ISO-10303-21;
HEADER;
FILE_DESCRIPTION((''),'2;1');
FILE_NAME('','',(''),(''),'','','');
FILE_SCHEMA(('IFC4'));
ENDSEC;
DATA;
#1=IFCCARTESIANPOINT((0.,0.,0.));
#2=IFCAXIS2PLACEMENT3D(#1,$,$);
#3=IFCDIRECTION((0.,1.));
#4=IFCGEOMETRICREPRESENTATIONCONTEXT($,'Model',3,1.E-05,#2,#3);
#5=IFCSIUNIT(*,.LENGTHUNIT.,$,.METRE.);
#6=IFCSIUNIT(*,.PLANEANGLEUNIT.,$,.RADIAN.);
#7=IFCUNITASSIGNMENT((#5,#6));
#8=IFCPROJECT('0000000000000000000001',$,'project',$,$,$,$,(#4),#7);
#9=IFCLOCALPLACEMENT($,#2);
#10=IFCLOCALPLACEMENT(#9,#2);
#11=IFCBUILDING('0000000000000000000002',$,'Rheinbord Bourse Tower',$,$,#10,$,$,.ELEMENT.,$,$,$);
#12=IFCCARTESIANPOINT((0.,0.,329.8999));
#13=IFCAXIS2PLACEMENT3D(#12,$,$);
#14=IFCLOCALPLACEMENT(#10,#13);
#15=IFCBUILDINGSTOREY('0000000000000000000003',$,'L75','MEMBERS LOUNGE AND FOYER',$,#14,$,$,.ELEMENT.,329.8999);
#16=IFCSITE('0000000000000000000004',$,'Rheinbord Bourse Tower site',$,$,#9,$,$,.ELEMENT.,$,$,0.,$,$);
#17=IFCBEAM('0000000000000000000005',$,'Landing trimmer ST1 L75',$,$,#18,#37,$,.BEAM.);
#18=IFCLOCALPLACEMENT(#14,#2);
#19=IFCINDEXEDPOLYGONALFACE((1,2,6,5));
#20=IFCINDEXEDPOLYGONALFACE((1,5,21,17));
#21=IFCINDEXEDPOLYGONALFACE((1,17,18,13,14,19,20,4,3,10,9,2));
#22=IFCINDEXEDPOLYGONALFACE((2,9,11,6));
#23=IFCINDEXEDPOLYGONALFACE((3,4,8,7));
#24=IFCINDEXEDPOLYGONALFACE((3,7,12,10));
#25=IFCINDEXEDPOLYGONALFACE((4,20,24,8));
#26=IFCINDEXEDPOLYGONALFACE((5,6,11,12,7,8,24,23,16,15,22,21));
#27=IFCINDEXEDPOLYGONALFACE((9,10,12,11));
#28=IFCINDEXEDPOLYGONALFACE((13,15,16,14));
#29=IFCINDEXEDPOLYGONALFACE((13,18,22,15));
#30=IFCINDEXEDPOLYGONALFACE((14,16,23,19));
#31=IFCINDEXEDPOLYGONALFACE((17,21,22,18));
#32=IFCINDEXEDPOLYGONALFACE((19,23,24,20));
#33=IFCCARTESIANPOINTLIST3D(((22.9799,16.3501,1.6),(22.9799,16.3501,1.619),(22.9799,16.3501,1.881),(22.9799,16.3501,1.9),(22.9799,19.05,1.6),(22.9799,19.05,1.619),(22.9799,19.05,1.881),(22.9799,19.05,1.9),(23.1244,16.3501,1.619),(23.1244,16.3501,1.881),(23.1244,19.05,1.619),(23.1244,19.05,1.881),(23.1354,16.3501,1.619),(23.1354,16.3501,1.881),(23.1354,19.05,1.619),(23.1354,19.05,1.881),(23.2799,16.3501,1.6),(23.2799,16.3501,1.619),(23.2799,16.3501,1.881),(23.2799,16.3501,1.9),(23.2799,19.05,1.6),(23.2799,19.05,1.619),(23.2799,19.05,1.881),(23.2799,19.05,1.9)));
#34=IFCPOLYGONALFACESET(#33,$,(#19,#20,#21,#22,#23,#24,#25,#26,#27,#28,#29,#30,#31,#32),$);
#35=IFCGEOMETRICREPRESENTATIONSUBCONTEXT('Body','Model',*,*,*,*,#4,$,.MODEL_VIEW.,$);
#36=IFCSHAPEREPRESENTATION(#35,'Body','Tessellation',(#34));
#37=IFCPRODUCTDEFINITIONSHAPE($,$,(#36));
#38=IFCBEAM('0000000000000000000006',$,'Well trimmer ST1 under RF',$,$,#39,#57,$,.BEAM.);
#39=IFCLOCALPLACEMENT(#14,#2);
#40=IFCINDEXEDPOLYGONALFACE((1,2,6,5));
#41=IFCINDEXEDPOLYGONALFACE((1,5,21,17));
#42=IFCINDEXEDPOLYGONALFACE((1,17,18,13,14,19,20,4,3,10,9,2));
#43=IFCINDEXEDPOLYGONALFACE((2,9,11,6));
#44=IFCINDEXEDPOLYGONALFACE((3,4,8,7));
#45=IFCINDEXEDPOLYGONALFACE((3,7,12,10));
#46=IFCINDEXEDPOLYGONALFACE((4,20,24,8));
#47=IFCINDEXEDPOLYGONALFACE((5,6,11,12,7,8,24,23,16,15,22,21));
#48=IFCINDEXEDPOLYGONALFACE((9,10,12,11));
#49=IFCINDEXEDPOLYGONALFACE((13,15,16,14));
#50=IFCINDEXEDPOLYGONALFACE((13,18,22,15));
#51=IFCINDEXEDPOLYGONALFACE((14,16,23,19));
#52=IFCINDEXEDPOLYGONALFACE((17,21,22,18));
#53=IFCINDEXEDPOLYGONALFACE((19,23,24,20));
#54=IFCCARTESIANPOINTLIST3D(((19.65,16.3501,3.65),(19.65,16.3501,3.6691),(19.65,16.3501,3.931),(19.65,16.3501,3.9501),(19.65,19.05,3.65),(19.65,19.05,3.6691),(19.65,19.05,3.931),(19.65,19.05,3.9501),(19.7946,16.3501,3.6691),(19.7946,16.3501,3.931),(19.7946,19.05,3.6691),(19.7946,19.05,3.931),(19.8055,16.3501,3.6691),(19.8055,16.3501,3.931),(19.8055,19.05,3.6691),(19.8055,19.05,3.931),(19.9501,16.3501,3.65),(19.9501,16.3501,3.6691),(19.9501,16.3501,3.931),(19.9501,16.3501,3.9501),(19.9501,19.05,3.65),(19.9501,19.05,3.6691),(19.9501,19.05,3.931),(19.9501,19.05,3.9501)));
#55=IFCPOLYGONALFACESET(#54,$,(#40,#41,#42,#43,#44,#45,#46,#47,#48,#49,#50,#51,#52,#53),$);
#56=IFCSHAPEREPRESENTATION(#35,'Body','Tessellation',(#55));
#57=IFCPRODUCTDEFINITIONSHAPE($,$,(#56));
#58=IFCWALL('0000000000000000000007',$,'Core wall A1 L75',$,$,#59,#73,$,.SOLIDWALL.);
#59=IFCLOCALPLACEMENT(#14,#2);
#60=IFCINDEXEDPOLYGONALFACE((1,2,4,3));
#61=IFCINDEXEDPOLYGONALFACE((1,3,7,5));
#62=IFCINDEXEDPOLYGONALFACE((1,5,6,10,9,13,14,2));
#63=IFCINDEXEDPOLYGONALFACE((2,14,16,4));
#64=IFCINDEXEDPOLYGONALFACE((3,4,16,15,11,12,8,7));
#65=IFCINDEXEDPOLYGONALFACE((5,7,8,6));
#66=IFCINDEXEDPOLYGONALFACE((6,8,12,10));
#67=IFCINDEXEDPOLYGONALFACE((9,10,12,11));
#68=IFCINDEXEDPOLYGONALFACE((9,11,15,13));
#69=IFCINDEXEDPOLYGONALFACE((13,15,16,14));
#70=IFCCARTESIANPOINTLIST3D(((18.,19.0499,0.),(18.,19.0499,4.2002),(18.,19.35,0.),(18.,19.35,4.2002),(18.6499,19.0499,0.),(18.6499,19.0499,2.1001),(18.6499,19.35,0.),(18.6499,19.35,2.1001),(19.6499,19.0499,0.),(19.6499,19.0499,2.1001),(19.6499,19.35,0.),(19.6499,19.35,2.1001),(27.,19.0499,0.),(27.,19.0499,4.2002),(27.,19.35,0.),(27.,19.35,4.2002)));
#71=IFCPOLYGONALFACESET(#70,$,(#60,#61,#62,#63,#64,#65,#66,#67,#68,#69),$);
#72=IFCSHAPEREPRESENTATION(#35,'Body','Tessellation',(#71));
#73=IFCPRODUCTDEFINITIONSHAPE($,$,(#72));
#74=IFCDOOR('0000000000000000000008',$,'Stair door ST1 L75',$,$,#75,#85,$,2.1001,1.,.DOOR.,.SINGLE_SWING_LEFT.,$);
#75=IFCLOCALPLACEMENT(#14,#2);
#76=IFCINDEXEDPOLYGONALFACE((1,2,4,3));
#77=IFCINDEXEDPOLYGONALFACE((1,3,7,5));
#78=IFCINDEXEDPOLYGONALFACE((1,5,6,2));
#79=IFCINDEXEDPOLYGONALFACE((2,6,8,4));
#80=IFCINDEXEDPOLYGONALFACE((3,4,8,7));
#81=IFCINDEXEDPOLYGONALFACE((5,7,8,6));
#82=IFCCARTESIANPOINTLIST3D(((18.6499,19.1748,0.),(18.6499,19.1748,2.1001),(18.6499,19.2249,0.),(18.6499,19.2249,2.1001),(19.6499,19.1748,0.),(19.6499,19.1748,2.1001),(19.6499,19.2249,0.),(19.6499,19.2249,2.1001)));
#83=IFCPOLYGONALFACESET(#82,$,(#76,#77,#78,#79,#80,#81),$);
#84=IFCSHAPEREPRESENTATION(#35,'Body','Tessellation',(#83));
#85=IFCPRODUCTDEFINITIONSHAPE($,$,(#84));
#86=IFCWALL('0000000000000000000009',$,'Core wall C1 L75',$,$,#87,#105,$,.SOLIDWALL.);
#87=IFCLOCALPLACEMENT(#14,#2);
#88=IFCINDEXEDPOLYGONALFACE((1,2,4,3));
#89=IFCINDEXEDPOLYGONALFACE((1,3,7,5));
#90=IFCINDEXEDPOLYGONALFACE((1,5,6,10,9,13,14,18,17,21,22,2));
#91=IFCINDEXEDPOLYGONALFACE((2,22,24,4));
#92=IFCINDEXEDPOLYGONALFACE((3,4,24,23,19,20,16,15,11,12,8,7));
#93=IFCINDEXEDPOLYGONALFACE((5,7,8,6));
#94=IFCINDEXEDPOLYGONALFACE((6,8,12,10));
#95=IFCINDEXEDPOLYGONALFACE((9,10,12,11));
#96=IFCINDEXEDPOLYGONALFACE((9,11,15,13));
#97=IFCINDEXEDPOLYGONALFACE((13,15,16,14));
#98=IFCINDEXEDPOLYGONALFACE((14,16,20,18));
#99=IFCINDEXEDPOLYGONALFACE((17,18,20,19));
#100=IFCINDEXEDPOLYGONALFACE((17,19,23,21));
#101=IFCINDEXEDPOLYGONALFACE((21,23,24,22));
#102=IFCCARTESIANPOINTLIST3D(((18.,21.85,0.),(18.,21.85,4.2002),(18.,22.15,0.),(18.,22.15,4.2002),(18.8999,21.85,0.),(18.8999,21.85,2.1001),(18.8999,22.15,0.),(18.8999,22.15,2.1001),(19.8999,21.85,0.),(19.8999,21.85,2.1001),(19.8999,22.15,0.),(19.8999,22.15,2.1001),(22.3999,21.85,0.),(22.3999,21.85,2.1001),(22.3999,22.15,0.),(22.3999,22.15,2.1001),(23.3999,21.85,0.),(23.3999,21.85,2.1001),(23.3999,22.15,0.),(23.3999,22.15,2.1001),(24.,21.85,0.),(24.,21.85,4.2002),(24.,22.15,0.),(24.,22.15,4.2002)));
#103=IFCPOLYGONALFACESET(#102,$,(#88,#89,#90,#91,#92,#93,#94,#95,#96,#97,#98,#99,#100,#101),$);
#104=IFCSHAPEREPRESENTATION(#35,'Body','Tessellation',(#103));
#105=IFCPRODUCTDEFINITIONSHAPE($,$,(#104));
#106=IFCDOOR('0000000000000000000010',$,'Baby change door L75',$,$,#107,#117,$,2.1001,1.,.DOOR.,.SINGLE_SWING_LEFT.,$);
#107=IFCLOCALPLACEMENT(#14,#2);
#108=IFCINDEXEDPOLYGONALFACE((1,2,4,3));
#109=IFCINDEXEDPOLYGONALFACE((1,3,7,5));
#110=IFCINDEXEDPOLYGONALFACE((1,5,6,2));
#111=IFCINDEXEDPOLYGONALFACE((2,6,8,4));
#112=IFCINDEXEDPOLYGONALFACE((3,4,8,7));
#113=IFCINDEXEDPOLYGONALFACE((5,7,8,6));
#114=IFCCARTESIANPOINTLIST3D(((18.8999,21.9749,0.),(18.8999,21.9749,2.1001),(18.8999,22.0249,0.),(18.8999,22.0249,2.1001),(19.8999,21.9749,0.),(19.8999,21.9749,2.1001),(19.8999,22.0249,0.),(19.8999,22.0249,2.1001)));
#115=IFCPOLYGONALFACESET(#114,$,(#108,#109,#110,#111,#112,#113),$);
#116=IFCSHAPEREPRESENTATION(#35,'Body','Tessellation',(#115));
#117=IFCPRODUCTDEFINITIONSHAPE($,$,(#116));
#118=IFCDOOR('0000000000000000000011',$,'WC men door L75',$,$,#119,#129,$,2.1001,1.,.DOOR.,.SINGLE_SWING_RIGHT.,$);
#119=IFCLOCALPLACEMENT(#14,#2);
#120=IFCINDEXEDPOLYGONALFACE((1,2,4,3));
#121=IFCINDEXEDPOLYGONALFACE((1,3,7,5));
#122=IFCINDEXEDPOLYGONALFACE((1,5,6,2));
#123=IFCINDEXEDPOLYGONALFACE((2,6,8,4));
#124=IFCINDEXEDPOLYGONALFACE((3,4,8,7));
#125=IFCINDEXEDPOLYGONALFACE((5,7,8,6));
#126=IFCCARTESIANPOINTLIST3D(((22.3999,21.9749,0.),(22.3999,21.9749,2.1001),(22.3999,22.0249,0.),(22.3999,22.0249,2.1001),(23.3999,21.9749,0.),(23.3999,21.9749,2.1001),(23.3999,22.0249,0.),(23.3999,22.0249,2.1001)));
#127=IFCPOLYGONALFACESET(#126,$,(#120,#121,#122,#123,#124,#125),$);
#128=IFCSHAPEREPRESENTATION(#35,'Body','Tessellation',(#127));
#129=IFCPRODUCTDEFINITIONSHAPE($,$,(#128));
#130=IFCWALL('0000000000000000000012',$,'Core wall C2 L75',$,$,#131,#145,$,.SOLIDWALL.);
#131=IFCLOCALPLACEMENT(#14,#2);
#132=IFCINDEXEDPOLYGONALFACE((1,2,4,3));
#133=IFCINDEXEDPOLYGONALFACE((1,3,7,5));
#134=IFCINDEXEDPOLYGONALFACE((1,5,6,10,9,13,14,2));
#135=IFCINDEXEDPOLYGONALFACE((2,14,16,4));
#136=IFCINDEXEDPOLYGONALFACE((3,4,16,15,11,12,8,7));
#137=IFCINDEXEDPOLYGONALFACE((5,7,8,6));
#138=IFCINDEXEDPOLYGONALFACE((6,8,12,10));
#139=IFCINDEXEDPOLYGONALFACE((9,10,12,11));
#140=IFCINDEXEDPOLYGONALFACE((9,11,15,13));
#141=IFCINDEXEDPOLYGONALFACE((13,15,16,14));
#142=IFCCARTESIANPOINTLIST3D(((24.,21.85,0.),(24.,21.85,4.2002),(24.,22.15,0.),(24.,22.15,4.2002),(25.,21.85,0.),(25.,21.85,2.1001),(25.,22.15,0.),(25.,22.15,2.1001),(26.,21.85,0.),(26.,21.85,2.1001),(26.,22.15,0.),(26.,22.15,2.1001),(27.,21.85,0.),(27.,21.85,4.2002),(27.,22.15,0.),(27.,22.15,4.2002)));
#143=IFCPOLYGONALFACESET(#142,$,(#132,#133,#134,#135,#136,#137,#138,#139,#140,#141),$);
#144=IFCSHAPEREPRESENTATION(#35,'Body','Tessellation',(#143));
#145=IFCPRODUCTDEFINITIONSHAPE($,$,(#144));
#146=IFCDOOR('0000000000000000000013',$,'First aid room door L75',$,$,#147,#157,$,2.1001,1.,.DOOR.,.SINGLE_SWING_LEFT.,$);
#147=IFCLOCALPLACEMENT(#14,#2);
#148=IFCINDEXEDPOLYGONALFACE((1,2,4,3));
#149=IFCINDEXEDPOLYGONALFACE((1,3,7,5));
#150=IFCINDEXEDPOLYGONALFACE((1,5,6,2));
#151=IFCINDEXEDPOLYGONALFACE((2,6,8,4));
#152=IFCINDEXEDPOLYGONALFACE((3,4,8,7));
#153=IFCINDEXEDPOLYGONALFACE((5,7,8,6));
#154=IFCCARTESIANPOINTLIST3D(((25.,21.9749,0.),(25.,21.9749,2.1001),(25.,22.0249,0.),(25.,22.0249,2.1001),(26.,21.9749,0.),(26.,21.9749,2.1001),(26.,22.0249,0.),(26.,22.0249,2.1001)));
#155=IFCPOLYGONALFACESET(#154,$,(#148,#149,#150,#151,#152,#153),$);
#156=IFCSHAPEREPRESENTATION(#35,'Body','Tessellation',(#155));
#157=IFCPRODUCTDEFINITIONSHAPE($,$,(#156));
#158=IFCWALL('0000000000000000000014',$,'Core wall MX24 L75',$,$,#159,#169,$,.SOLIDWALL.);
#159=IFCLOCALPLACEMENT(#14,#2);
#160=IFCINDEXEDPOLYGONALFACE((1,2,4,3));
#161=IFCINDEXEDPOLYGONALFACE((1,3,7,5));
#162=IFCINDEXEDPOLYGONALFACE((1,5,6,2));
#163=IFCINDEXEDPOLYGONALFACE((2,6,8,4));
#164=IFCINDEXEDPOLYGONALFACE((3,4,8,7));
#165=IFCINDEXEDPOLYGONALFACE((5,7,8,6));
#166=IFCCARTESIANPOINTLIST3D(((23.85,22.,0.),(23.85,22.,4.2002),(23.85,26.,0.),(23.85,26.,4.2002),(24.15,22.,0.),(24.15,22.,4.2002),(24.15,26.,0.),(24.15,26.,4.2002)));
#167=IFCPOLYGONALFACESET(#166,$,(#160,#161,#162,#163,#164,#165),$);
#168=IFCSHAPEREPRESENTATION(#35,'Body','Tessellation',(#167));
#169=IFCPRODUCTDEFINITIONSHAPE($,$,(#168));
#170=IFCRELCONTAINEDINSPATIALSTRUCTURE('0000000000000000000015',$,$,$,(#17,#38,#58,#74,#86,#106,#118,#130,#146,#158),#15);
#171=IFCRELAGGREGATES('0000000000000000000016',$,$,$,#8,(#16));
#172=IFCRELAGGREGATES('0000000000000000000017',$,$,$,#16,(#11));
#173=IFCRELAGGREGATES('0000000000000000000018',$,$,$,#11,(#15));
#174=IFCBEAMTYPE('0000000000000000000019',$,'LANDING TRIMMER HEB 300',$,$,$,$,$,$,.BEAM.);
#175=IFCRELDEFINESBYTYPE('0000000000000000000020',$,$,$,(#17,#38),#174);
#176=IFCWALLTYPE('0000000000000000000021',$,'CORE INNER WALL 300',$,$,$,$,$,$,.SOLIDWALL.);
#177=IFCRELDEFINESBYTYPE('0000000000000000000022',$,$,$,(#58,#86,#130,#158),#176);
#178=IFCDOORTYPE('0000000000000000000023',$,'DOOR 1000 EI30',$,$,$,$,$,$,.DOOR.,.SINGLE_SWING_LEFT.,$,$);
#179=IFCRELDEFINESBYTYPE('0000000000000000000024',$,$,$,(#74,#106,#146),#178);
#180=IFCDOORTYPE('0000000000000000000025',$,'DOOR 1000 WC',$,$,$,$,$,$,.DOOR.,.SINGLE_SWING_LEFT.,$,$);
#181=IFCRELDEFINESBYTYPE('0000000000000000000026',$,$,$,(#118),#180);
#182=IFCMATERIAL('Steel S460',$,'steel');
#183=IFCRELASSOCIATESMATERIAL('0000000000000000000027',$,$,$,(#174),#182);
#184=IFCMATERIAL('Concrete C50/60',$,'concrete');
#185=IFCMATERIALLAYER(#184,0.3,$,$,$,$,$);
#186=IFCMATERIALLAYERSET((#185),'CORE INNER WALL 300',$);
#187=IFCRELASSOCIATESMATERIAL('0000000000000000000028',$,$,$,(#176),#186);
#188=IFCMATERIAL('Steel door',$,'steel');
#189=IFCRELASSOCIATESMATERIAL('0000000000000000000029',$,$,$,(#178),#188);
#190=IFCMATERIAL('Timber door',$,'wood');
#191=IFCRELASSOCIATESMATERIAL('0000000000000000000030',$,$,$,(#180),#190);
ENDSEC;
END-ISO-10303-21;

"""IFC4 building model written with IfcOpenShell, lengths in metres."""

from ifc_helpers import new_model, si_unit, direction, frame, frame_2d, origin, origin_2d, place, context, subcontext, project, spatial, rectangle, i_section, extrude, material, layer, layer_set, material_profile, profile_set, type_object, element, fill, save


model = new_model("IFC4")

# Units and contexts
model_context = context("Model", 3, precision=1e-05, world=origin(), true_north=direction((0.0, 1.0)))
body_context = subcontext(model_context, "Body", "Model", "MODEL_VIEW")
ifc_project = project(units=[si_unit("LENGTHUNIT", "METRE"), si_unit("PLANEANGLEUNIT", "RADIAN")], contexts=[model_context])

# Site, building, storey
site_placement = place(None, origin())
site = spatial("IfcSite", under=ifc_project, at=site_placement, Name="Rheinbord Bourse Tower site", CompositionType="ELEMENT", RefElevation=0.0)
building_placement = place(site_placement, origin())
building = spatial("IfcBuilding", under=site, at=building_placement, Name="Rheinbord Bourse Tower", CompositionType="ELEMENT")
storey_placement = place(building_placement, frame((0.0, 0.0, 329.8999)))
storey = spatial("IfcBuildingStorey", under=building, at=storey_placement, Name="L75", Description="MEMBERS LOUNGE AND FOYER", CompositionType="ELEMENT", Elevation=329.8999)

# Beams
ifc_material_1 = material(Name="Steel S460", Category="steel")
ifc_material_profile = material_profile(ifc_material_1, i_section(OverallWidth=0.3, OverallDepth=0.3, WebThickness=0.011, FlangeThickness=0.019, at=origin_2d()), Name="HEB 300")
ifc_profile_set = profile_set([ifc_material_profile], Name="Steel S460")
beam_type = type_object("IfcBeamType", Name="LANDING TRIMMER HEB 300", PredefinedType="BEAM", material=ifc_profile_set)
for number, where, z_axis, x_axis, name in (
    (1, (23.1299, 16.3501, 1.75), (0.0, 1.0, 0.0), (-1.0, 0.0, 0.0), "Landing trimmer ST1 L75"),
    (2, (19.8, 16.3501, 3.8), (0.0, 1.0, 0.0), (-1.0, 0.0, 0.0), "Well trimmer ST1 under RF"),
):
    element("IfcBeam", number, at=place(storey_placement, frame(where, z_axis=z_axis, x_axis=x_axis)), inside=storey, type_object=beam_type, Name=name, PredefinedType="BEAM", context=body_context, shape_type="SweptSolid", body=[
        extrude(i_section(OverallWidth=0.3, OverallDepth=0.3, WebThickness=0.011, FlangeThickness=0.019, at=origin_2d()), origin(), (0.0, 0.0, 1.0), 2.7),
    ])

# Wall, opening, door
ifc_material_2 = material(Name="Concrete C50/60", Category="concrete")
ifc_layer_1 = layer(ifc_material_2, 0.3)
ifc_layer_set_1 = layer_set([ifc_layer_1], Name="CORE INNER WALL 300")
wall_type_1 = type_object("IfcWallType", Name="CORE INNER WALL 300", PredefinedType="SOLIDWALL", material=ifc_layer_set_1)
wall_1_placement = place(storey_placement, frame((18.0, 19.2, 0.0), z_axis=(0.0, 0.0, 1.0), x_axis=(1.0, 0.0, 0.0)))
wall_1 = element("IfcWall", 3, at=wall_1_placement, inside=storey, type_object=wall_type_1, Name="Core wall A1 L75", PredefinedType="SOLIDWALL", context=body_context, shape_type="SweptSolid", body=[
    extrude(rectangle(XDim=9.0, YDim=0.3, at=frame_2d((4.5, 0.0))), origin(), (0.0, 0.0, 1.0), 4.2002),
])
opening_1_placement = place(wall_1_placement, frame((0.6499, 0.0, 0.0)))
opening_1 = element("IfcOpeningElement", 4, at=opening_1_placement, cuts=wall_1, PredefinedType="OPENING", context=body_context, shape_type="SweptSolid", body=[
    extrude(rectangle(XDim=1.0, YDim=2.1001, at=frame_2d((0.5, 1.05))), frame((0.0, 0.1599, 0.0), z_axis=(0.0, -1.0, 0.0), x_axis=(1.0, 0.0, 0.0)), (0.0, 0.0, 1.0), 0.3201),
])
ifc_material_3 = material(Name="Steel door", Category="steel")
door_type_1 = type_object("IfcDoorType", Name="DOOR 1000 EI30", OperationType="SINGLE_SWING_LEFT", PredefinedType="DOOR", material=ifc_material_3)
door_1_placement = place(opening_1_placement, origin())
door_1 = element("IfcDoor", 5, at=door_1_placement, inside=storey, type_object=door_type_1, Name="Stair door ST1 L75", OperationType="SINGLE_SWING_LEFT", OverallHeight=2.1001, OverallWidth=1.0, PredefinedType="DOOR", context=body_context, shape_type="SweptSolid", body=[
    extrude(rectangle(XDim=1.0, YDim=2.1001, at=frame_2d((0.5, 1.05))), frame((0.0, 0.0249, 0.0), z_axis=(0.0, -1.0, 0.0), x_axis=(1.0, 0.0, 0.0)), (0.0, 0.0, 1.0), 0.05),
])
fill(opening_1, door_1)

# Wall, openings, doors
wall_2_placement = place(storey_placement, frame((18.0, 22.0, 0.0), z_axis=(0.0, 0.0, 1.0), x_axis=(1.0, 0.0, 0.0)))
wall_2 = element("IfcWall", 6, at=wall_2_placement, inside=storey, type_object=wall_type_1, Name="Core wall C1 L75", PredefinedType="SOLIDWALL", context=body_context, shape_type="SweptSolid", body=[
    extrude(rectangle(XDim=6.0, YDim=0.3, at=frame_2d((3.0, 0.0))), origin(), (0.0, 0.0, 1.0), 4.2002),
])
opening_2_placement = place(wall_2_placement, frame((4.3999, 0.0, 0.0)))
opening_2 = element("IfcOpeningElement", 7, at=opening_2_placement, cuts=wall_2, PredefinedType="OPENING", context=body_context, shape_type="SweptSolid", body=[
    extrude(rectangle(XDim=1.0, YDim=2.1001, at=frame_2d((0.5, 1.05))), frame((0.0, 0.1599, 0.0), z_axis=(0.0, -1.0, 0.0), x_axis=(1.0, 0.0, 0.0)), (0.0, 0.0, 1.0), 0.3201),
])
opening_3_placement = place(wall_2_placement, frame((0.8999, 0.0, 0.0)))
opening_3 = element("IfcOpeningElement", 8, at=opening_3_placement, cuts=wall_2, PredefinedType="OPENING", context=body_context, shape_type="SweptSolid", body=[
    extrude(rectangle(XDim=1.0, YDim=2.1001, at=frame_2d((0.5, 1.05))), frame((0.0, 0.1599, 0.0), z_axis=(0.0, -1.0, 0.0), x_axis=(1.0, 0.0, 0.0)), (0.0, 0.0, 1.0), 0.3201),
])
door_2_placement = place(opening_3_placement, origin())
door_2 = element("IfcDoor", 9, at=door_2_placement, inside=storey, type_object=door_type_1, Name="Baby change door L75", OperationType="SINGLE_SWING_LEFT", OverallHeight=2.1001, OverallWidth=1.0, PredefinedType="DOOR", context=body_context, shape_type="SweptSolid", body=[
    extrude(rectangle(XDim=1.0, YDim=2.1001, at=frame_2d((0.5, 1.05))), frame((0.0, 0.0249, 0.0), z_axis=(0.0, -1.0, 0.0), x_axis=(1.0, 0.0, 0.0)), (0.0, 0.0, 1.0), 0.05),
])
fill(opening_3, door_2)
ifc_material_4 = material(Name="Timber door", Category="wood")
door_type_2 = type_object("IfcDoorType", Name="DOOR 1000 WC", OperationType="SINGLE_SWING_LEFT", PredefinedType="DOOR", material=ifc_material_4)
door_3_placement = place(opening_2_placement, origin())
door_3 = element("IfcDoor", 10, at=door_3_placement, inside=storey, type_object=door_type_2, Name="WC men door L75", OperationType="SINGLE_SWING_RIGHT", OverallHeight=2.1001, OverallWidth=1.0, PredefinedType="DOOR", context=body_context, shape_type="SweptSolid", body=[
    extrude(rectangle(XDim=1.0, YDim=2.1001, at=frame_2d((0.5, 1.05))), frame((0.0, 0.0249, 0.0), z_axis=(0.0, -1.0, 0.0), x_axis=(1.0, 0.0, 0.0)), (0.0, 0.0, 1.0), 0.05),
])
fill(opening_2, door_3)

# Wall, opening, door
wall_3_placement = place(storey_placement, frame((24.0, 22.0, 0.0), z_axis=(0.0, 0.0, 1.0), x_axis=(1.0, 0.0, 0.0)))
wall_3 = element("IfcWall", 11, at=wall_3_placement, inside=storey, type_object=wall_type_1, Name="Core wall C2 L75", PredefinedType="SOLIDWALL", context=body_context, shape_type="SweptSolid", body=[
    extrude(rectangle(XDim=3.0, YDim=0.3, at=frame_2d((1.5, 0.0))), origin(), (0.0, 0.0, 1.0), 4.2002),
])
opening_4_placement = place(wall_3_placement, frame((1.0, 0.0, 0.0)))
opening_4 = element("IfcOpeningElement", 12, at=opening_4_placement, cuts=wall_3, PredefinedType="OPENING", context=body_context, shape_type="SweptSolid", body=[
    extrude(rectangle(XDim=1.0, YDim=2.1001, at=frame_2d((0.5, 1.05))), frame((0.0, 0.1599, 0.0), z_axis=(0.0, -1.0, 0.0), x_axis=(1.0, 0.0, 0.0)), (0.0, 0.0, 1.0), 0.3201),
])
door_4_placement = place(opening_4_placement, origin())
door_4 = element("IfcDoor", 13, at=door_4_placement, inside=storey, type_object=door_type_1, Name="First aid room door L75", OperationType="SINGLE_SWING_LEFT", OverallHeight=2.1001, OverallWidth=1.0, PredefinedType="DOOR", context=body_context, shape_type="SweptSolid", body=[
    extrude(rectangle(XDim=1.0, YDim=2.1001, at=frame_2d((0.5, 1.05))), frame((0.0, 0.0249, 0.0), z_axis=(0.0, -1.0, 0.0), x_axis=(1.0, 0.0, 0.0)), (0.0, 0.0, 1.0), 0.05),
])
fill(opening_4, door_4)

# Wall
wall_4_placement = place(storey_placement, frame((24.0, 22.0, 0.0), z_axis=(0.0, 0.0, 1.0), x_axis=(0.0, 1.0, 0.0)))
element("IfcWall", 14, at=wall_4_placement, inside=storey, type_object=wall_type_1, Name="Core wall MX24 L75", PredefinedType="SOLIDWALL", context=body_context, shape_type="SweptSolid", body=[
    extrude(rectangle(XDim=4.0, YDim=0.3, at=frame_2d((2.0, 0.0))), origin(), (0.0, 0.0, 1.0), 4.2002),
])

save(model, "model.ifc")
